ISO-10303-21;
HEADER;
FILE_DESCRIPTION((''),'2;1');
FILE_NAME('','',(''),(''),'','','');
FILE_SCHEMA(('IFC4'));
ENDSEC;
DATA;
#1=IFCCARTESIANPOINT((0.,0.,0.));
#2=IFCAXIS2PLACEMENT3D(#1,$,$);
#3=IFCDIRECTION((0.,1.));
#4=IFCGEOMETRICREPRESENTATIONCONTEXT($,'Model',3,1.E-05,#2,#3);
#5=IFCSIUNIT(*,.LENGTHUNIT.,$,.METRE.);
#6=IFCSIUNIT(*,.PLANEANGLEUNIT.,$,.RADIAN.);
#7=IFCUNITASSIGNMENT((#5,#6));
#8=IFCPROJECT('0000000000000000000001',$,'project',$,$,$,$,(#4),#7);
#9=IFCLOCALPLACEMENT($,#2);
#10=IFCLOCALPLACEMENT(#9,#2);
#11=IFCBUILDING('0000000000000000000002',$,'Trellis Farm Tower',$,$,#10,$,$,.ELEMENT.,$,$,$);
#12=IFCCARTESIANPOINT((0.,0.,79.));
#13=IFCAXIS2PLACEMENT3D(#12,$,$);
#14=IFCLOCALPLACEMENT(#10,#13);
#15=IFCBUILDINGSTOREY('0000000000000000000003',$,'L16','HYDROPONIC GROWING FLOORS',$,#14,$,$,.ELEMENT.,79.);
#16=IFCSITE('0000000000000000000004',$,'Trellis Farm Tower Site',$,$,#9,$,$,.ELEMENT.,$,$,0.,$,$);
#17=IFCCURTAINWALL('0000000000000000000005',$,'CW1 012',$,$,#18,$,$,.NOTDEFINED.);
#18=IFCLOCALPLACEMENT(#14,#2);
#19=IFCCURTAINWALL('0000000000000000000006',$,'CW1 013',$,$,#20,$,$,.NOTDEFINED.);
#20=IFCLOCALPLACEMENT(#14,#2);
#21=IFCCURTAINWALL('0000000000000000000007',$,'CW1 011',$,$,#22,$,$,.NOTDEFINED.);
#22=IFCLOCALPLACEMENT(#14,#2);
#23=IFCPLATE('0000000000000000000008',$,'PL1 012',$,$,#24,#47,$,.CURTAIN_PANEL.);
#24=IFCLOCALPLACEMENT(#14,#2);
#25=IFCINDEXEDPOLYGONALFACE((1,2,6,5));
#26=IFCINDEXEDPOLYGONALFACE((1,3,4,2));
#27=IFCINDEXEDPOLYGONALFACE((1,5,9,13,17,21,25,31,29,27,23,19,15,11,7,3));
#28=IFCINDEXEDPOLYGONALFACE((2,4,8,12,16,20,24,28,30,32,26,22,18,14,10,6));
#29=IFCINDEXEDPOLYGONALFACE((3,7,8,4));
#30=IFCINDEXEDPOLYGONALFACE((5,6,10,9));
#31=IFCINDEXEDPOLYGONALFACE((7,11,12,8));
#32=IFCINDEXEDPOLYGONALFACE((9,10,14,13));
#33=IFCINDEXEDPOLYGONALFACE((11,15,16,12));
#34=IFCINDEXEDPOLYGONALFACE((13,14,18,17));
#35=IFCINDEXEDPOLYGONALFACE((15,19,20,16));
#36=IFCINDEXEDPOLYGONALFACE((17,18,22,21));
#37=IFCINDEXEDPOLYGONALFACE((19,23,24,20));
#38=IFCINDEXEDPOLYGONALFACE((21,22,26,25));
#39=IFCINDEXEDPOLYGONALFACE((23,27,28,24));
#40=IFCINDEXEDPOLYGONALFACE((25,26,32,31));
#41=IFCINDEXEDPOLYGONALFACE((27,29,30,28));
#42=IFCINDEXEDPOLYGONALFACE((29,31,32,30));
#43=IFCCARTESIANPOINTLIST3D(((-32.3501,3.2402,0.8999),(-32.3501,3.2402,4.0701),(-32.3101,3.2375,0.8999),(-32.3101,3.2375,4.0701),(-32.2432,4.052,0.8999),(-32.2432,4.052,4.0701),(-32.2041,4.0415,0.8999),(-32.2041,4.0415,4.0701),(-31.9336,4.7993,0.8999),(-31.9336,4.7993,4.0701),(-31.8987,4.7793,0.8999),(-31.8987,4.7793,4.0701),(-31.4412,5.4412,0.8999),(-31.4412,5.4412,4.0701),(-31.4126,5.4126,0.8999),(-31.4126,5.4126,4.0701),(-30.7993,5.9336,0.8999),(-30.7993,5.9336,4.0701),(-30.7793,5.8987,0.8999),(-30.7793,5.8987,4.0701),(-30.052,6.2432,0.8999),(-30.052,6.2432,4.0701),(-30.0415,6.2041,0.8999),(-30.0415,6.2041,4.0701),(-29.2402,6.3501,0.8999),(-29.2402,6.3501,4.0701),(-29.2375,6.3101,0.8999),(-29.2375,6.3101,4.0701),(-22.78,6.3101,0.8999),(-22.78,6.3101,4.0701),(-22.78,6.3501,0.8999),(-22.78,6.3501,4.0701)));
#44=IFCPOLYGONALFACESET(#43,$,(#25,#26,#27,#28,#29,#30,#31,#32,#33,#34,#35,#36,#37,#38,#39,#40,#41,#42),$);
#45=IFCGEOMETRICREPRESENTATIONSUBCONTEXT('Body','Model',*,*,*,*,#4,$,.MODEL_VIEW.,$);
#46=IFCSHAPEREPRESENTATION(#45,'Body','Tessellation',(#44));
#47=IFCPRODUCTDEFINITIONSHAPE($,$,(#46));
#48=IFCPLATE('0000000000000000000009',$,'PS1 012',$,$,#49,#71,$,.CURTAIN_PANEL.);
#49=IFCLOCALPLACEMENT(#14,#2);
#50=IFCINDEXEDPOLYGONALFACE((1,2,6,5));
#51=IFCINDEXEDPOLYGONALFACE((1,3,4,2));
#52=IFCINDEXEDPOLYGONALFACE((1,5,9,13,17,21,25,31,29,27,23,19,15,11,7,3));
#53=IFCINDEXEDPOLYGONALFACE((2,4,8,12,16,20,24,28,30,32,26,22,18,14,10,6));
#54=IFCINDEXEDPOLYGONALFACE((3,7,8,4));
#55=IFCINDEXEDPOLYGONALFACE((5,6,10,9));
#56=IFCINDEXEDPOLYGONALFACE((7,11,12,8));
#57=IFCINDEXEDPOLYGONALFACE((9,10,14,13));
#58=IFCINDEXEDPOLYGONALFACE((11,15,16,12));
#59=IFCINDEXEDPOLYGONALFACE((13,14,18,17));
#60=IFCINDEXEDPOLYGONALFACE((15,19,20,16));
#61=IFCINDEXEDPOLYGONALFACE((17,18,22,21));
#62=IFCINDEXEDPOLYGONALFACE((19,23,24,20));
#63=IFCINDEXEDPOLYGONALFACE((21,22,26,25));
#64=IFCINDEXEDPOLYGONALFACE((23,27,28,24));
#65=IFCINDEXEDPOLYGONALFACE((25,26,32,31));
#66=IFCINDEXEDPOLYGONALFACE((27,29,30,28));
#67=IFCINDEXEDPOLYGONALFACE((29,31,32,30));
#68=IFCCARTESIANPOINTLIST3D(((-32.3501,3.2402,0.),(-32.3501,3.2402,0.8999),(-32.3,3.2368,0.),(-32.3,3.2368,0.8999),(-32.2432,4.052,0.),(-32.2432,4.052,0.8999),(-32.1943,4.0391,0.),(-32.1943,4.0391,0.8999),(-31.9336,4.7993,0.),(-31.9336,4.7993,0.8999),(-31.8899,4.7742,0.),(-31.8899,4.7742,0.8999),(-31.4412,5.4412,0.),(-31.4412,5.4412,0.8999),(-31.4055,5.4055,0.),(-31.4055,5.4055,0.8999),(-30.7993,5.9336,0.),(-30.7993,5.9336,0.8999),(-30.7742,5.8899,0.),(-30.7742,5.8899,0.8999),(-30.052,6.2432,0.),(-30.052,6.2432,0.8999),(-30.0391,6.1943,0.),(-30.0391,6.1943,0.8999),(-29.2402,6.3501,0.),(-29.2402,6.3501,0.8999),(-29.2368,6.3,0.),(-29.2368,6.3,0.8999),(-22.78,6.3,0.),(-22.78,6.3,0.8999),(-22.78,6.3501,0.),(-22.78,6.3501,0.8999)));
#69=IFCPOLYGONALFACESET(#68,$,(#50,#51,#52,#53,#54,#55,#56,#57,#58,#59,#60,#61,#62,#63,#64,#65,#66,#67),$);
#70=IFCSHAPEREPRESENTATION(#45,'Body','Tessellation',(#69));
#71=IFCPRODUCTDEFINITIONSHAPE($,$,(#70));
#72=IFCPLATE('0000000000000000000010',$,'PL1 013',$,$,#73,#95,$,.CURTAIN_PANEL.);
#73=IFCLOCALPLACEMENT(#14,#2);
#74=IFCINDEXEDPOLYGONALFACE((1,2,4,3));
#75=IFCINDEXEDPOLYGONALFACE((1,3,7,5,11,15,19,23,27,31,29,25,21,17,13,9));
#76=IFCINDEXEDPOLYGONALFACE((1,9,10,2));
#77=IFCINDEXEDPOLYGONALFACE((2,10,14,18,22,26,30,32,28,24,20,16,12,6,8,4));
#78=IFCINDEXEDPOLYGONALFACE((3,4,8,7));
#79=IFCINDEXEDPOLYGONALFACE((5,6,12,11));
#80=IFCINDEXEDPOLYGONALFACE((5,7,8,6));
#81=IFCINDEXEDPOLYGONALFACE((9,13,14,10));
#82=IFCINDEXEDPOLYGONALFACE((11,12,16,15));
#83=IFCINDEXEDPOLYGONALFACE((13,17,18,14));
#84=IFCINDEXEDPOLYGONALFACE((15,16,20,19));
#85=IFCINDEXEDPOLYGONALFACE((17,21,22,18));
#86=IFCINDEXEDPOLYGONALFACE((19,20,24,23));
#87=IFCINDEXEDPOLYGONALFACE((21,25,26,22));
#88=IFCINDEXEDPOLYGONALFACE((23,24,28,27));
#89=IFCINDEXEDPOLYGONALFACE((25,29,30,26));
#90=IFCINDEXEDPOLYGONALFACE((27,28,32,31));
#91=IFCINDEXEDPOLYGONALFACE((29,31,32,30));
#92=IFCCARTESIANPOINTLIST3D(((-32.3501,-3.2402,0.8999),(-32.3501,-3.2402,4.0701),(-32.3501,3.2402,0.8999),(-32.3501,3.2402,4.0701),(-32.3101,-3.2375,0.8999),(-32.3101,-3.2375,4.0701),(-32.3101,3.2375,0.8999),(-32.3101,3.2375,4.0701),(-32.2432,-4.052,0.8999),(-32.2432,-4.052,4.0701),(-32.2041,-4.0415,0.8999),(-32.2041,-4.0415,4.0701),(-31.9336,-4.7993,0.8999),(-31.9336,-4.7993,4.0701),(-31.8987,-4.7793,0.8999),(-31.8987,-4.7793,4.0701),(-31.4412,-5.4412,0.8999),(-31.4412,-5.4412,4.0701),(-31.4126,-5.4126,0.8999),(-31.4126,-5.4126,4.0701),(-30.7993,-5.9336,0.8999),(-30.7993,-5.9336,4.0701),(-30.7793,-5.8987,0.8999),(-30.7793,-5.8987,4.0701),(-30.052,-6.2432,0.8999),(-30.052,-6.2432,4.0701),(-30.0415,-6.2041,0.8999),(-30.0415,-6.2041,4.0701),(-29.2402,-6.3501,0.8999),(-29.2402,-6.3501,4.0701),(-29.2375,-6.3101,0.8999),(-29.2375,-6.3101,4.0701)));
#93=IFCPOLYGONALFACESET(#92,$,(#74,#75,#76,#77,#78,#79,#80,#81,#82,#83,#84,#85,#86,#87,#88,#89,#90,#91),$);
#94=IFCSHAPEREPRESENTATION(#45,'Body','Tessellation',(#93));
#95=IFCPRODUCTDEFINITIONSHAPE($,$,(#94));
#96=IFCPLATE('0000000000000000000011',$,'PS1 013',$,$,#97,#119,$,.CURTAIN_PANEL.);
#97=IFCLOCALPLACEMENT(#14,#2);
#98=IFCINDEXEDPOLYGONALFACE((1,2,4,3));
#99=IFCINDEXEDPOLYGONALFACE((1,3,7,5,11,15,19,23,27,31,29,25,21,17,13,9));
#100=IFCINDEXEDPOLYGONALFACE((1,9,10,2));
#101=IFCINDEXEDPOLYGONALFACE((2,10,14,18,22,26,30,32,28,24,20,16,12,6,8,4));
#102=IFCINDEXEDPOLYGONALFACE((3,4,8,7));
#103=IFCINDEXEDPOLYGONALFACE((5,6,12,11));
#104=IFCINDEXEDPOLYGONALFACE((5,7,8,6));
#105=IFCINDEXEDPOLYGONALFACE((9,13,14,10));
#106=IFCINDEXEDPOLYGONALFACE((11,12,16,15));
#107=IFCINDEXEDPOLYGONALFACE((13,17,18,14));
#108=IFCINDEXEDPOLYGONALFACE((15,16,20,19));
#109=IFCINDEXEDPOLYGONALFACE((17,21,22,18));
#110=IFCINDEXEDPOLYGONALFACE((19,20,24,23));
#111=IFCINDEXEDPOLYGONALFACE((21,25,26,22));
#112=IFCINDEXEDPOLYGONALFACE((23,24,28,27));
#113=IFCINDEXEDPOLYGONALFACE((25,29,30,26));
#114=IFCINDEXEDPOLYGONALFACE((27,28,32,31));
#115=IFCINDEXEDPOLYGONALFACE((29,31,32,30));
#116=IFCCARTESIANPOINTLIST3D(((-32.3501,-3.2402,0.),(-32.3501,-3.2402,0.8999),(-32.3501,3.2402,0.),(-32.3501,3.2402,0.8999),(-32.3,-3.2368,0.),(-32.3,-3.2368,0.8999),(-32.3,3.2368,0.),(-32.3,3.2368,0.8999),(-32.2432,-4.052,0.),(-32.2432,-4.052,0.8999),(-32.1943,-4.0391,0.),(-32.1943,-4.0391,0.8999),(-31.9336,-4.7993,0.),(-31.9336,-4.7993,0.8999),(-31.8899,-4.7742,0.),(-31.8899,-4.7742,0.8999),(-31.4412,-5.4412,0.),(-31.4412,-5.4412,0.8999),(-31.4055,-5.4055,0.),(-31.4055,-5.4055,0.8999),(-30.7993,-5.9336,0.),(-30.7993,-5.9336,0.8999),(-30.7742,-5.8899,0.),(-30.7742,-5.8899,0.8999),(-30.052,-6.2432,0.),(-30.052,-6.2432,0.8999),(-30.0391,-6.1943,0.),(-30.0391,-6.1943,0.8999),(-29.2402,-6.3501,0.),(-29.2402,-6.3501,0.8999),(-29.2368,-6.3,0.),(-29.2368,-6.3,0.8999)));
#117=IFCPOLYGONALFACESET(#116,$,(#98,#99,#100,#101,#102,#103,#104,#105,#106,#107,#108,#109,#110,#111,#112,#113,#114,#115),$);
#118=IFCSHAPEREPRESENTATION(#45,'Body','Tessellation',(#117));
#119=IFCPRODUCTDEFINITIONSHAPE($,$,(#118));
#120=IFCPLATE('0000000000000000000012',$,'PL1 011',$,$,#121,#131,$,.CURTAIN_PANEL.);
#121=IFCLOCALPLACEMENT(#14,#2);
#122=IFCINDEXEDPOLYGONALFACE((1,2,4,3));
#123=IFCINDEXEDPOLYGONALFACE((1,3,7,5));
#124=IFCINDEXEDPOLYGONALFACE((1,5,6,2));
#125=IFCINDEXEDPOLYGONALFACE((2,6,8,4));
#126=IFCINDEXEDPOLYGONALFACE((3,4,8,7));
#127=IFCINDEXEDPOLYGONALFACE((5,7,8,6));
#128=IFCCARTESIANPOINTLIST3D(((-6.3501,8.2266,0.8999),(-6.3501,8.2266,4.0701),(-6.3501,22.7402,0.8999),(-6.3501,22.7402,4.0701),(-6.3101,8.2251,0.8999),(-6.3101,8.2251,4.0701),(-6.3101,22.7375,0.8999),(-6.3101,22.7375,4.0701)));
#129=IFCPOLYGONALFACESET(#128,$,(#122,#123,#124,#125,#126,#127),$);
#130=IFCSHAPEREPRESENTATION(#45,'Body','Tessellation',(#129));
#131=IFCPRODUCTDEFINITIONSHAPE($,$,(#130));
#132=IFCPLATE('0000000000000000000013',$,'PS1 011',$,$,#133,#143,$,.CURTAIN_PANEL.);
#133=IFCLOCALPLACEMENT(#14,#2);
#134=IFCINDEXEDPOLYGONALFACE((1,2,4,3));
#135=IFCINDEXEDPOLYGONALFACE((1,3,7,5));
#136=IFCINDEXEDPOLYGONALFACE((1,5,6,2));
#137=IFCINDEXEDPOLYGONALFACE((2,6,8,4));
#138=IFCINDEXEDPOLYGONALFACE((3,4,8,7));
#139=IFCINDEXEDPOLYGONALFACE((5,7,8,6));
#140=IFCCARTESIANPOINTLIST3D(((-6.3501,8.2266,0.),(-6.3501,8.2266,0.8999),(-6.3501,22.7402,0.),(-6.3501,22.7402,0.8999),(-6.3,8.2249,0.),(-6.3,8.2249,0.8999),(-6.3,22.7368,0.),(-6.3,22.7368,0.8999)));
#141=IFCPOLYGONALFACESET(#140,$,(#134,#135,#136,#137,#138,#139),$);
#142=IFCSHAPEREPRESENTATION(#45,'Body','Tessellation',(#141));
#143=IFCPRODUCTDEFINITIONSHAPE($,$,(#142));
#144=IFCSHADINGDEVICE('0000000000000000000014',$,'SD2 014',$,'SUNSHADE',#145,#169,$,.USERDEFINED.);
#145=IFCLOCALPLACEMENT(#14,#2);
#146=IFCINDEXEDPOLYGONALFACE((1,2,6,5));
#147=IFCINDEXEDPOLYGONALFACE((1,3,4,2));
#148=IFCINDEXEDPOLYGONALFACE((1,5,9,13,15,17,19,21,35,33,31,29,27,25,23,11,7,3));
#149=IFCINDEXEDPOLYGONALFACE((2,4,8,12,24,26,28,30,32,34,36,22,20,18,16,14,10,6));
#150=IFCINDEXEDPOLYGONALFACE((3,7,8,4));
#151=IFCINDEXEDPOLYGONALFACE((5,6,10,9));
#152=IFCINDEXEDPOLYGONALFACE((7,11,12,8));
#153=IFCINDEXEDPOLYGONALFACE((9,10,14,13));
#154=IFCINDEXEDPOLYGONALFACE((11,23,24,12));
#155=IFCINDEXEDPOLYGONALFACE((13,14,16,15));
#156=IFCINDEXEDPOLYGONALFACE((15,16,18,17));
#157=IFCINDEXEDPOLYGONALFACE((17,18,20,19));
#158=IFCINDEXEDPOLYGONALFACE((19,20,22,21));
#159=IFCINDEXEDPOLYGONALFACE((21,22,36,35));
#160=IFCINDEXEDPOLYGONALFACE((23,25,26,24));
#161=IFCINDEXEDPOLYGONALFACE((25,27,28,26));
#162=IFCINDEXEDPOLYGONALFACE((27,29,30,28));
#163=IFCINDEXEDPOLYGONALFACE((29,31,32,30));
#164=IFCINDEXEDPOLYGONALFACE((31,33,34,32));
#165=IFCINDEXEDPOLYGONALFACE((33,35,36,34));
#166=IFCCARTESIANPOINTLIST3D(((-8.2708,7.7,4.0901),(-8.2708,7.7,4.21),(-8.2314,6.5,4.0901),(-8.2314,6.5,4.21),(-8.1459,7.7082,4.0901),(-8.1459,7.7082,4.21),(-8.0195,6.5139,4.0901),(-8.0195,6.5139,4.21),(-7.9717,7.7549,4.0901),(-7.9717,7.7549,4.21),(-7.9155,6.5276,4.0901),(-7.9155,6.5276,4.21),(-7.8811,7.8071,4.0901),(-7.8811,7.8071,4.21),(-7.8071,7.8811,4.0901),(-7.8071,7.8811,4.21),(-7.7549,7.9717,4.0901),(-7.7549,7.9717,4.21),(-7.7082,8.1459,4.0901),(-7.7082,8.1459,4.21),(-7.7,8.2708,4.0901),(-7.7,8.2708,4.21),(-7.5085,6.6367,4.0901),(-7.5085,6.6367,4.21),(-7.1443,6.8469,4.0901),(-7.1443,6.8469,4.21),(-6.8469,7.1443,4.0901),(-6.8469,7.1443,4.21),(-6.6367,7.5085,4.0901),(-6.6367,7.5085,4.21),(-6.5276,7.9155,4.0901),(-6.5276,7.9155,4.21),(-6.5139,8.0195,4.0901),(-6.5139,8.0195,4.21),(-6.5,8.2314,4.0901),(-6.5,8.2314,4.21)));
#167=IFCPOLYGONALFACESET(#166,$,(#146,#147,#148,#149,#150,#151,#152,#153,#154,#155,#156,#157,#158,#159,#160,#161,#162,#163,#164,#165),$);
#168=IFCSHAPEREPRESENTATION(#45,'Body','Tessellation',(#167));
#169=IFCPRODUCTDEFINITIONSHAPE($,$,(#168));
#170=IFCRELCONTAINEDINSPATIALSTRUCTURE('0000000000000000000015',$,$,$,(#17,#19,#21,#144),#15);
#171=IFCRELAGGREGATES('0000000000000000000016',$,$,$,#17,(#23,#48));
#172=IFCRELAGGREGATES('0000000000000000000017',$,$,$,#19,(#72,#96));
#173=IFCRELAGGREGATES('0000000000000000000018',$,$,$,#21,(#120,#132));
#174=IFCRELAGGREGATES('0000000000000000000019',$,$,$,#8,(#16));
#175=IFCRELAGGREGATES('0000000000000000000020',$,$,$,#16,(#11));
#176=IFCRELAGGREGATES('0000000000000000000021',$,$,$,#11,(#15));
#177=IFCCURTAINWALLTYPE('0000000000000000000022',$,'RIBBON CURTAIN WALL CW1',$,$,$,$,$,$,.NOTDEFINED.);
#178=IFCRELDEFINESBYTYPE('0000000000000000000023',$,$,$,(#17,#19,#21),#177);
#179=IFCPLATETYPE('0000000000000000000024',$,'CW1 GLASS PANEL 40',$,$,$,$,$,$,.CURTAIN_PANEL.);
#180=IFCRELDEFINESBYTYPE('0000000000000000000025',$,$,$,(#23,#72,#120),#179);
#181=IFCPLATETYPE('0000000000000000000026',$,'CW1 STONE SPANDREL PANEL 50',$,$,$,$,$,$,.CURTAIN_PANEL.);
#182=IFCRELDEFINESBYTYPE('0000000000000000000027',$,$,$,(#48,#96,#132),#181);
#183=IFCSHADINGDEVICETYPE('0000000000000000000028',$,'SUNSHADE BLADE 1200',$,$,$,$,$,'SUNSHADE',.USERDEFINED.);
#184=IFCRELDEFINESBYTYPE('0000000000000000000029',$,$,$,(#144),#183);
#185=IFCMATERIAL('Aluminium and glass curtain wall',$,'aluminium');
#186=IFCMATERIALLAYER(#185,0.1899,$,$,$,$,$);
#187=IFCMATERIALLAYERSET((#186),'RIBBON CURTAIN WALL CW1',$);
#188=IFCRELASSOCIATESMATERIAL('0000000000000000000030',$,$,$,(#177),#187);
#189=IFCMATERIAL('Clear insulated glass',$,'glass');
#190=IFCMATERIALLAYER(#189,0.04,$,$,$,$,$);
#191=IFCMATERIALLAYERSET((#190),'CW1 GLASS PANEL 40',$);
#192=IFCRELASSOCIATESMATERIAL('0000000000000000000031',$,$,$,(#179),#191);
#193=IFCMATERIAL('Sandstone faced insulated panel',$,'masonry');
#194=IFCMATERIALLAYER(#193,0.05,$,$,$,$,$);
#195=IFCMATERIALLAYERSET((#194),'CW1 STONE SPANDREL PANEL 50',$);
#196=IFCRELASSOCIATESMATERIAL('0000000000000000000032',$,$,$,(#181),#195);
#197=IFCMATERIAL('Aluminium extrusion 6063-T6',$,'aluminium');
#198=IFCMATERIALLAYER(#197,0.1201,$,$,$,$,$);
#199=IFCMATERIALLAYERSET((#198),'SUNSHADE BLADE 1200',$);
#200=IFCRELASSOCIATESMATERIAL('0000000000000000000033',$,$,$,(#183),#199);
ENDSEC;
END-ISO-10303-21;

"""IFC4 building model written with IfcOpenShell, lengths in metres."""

from ifc_helpers import new_model, si_unit, direction, frame, origin, place, context, subcontext, project, spatial, polyline, outline, extrude, source, transform, mapped, material, layer, layer_set, type_object, element, aggregate, save


model = new_model("IFC4")

# Units and contexts
model_context = context("Model", 3, precision=1e-05, world=origin(), true_north=direction((0.0, 1.0)))
body_context = subcontext(model_context, "Body", "Model", "MODEL_VIEW")
ifc_project = project(units=[si_unit("LENGTHUNIT", "METRE"), si_unit("PLANEANGLEUNIT", "RADIAN")], contexts=[model_context])

# Site, building, storey
site_placement = place(None, origin())
site = spatial("IfcSite", under=ifc_project, at=site_placement, Name="Trellis Farm Tower Site", CompositionType="ELEMENT", RefElevation=0.0)
building_placement = place(site_placement, origin())
building = spatial("IfcBuilding", under=site, at=building_placement, Name="Trellis Farm Tower", CompositionType="ELEMENT")
storey_placement = place(building_placement, frame((0.0, 0.0, 79.0)))
storey = spatial("IfcBuildingStorey", under=building, at=storey_placement, Name="L16", Description="HYDROPONIC GROWING FLOORS", CompositionType="ELEMENT", Elevation=79.0)

# Curtain walls
ifc_material_1 = material(Name="Aluminium and glass curtain wall", Category="aluminium")
placement_1 = place(storey_placement, origin())
ifc_material_2 = material(Name="Aluminium extrusion 6063-T6", Category="aluminium")
ifc_layer_1 = layer(ifc_material_1, 0.1899)
ifc_layer_set_1 = layer_set([ifc_layer_1], Name="RIBBON CURTAIN WALL CW1")
curtain_wall_type_1 = type_object("IfcCurtainWallType", Name="RIBBON CURTAIN WALL CW1", PredefinedType="NOTDEFINED", material=ifc_layer_set_1)
curtain_wall_1 = element("IfcCurtainWall", 1, at=placement_1, inside=storey, type_object=curtain_wall_type_1, Name="CW1 012", PredefinedType="NOTDEFINED")
curtain_wall_2 = element("IfcCurtainWall", 2, at=placement_1, inside=storey, type_object=curtain_wall_type_1, Name="CW1 013", PredefinedType="NOTDEFINED")
curtain_wall_3 = element("IfcCurtainWall", 3, at=placement_1, inside=storey, type_object=curtain_wall_type_1, Name="CW1 011", PredefinedType="NOTDEFINED")

# Plates
ifc_material_3 = material(Name="Clear insulated glass", Category="glass")
ifc_layer_2 = layer(ifc_material_3, 0.04)
ifc_layer_set_2 = layer_set([ifc_layer_2], Name="CW1 GLASS PANEL 40")
plate_type_1 = type_object("IfcPlateType", Name="CW1 GLASS PANEL 40", PredefinedType="CURTAIN_PANEL", material=ifc_layer_set_2)
shared_shape_1 = source(origin(), body_context, "Body", "SweptSolid", [
    extrude(outline(polyline([(-22.78, 6.3501), (-29.2402, 6.3501), (-30.052, 6.2432), (-30.7993, 5.9336), (-31.4412, 5.4412), (-31.9336, 4.7993), (-32.2432, 4.052), (-32.3501, 3.2402), (-32.3101, 3.2375), (-32.2041, 4.0415), (-31.8987, 4.7793), (-31.4126, 5.4126), (-30.7793, 5.8987), (-30.0415, 6.2041), (-29.2375, 6.3101), (-22.78, 6.3101), (-22.78, 6.3501)])), origin(), (0.0, 0.0, 1.0), 3.1702),
])
placement_2 = place(storey_placement, frame((0.0, 0.0, 0.8999)))
plate_1 = element("IfcPlate", 4, at=placement_2, type_object=plate_type_1, Name="PL1 012", PredefinedType="CURTAIN_PANEL", context=body_context, shape_type="MappedRepresentation", body=[
    mapped(shared_shape_1, transform((0.0, 0.0, 0.0))),
])
ifc_material_4 = material(Name="Sandstone faced insulated panel", Category="masonry")
ifc_layer_3 = layer(ifc_material_4, 0.05)
ifc_layer_set_3 = layer_set([ifc_layer_3], Name="CW1 STONE SPANDREL PANEL 50")
plate_type_2 = type_object("IfcPlateType", Name="CW1 STONE SPANDREL PANEL 50", PredefinedType="CURTAIN_PANEL", material=ifc_layer_set_3)
shared_shape_2 = source(origin(), body_context, "Body", "SweptSolid", [
    extrude(outline(polyline([(-22.78, 6.3501), (-29.2402, 6.3501), (-30.052, 6.2432), (-30.7993, 5.9336), (-31.4412, 5.4412), (-31.9336, 4.7993), (-32.2432, 4.052), (-32.3501, 3.2402), (-32.3, 3.2368), (-32.1943, 4.0391), (-31.8899, 4.7742), (-31.4055, 5.4055), (-30.7742, 5.8899), (-30.0391, 6.1943), (-29.2368, 6.3), (-22.78, 6.3), (-22.78, 6.3501)])), origin(), (0.0, 0.0, 1.0), 0.8999),
])
plate_2 = element("IfcPlate", 5, at=placement_1, type_object=plate_type_2, Name="PS1 012", PredefinedType="CURTAIN_PANEL", context=body_context, shape_type="MappedRepresentation", body=[
    mapped(shared_shape_2, transform((0.0, 0.0, 0.0))),
])
aggregate(curtain_wall_1, [plate_1, plate_2])
shared_shape_3 = source(origin(), body_context, "Body", "SweptSolid", [
    extrude(outline(polyline([(-32.3501, 3.2402), (-32.3501, -3.2402), (-32.2432, -4.052), (-31.9336, -4.7993), (-31.4412, -5.4412), (-30.7993, -5.9336), (-30.052, -6.2432), (-29.2402, -6.3501), (-29.2375, -6.3101), (-30.0415, -6.2041), (-30.7793, -5.8987), (-31.4126, -5.4126), (-31.8987, -4.7793), (-32.2041, -4.0415), (-32.3101, -3.2375), (-32.3101, 3.2375), (-32.3501, 3.2402)])), origin(), (0.0, 0.0, 1.0), 3.1702),
])
plate_3 = element("IfcPlate", 6, at=placement_2, type_object=plate_type_1, Name="PL1 013", PredefinedType="CURTAIN_PANEL", context=body_context, shape_type="MappedRepresentation", body=[
    mapped(shared_shape_3, transform((0.0, 0.0, 0.0))),
])
shared_shape_4 = source(origin(), body_context, "Body", "SweptSolid", [
    extrude(outline(polyline([(-32.3501, 3.2402), (-32.3501, -3.2402), (-32.2432, -4.052), (-31.9336, -4.7993), (-31.4412, -5.4412), (-30.7993, -5.9336), (-30.052, -6.2432), (-29.2402, -6.3501), (-29.2368, -6.3), (-30.0391, -6.1943), (-30.7742, -5.8899), (-31.4055, -5.4055), (-31.8899, -4.7742), (-32.1943, -4.0391), (-32.3, -3.2368), (-32.3, 3.2368), (-32.3501, 3.2402)])), origin(), (0.0, 0.0, 1.0), 0.8999),
])
plate_4 = element("IfcPlate", 7, at=placement_1, type_object=plate_type_2, Name="PS1 013", PredefinedType="CURTAIN_PANEL", context=body_context, shape_type="MappedRepresentation", body=[
    mapped(shared_shape_4, transform((0.0, 0.0, 0.0))),
])
aggregate(curtain_wall_2, [plate_3, plate_4])
shared_shape_5 = source(origin(), body_context, "Body", "SweptSolid", [
    extrude(outline(polyline([(-6.3501, 22.7402), (-6.3501, 8.2266), (-6.3101, 8.2251), (-6.3101, 22.7375), (-6.3501, 22.7402)])), origin(), (0.0, 0.0, 1.0), 3.1702),
])
plate_5 = element("IfcPlate", 8, at=placement_2, type_object=plate_type_1, Name="PL1 011", PredefinedType="CURTAIN_PANEL", context=body_context, shape_type="MappedRepresentation", body=[
    mapped(shared_shape_5, transform((0.0, 0.0, 0.0))),
])
shared_shape_6 = source(origin(), body_context, "Body", "SweptSolid", [
    extrude(outline(polyline([(-6.3501, 22.7402), (-6.3501, 8.2266), (-6.3, 8.2249), (-6.3, 22.7368), (-6.3501, 22.7402)])), origin(), (0.0, 0.0, 1.0), 0.8999),
])
plate_6 = element("IfcPlate", 9, at=placement_1, type_object=plate_type_2, Name="PS1 011", PredefinedType="CURTAIN_PANEL", context=body_context, shape_type="MappedRepresentation", body=[
    mapped(shared_shape_6, transform((0.0, 0.0, 0.0))),
])
aggregate(curtain_wall_3, [plate_5, plate_6])

# Shading device
ifc_layer_4 = layer(ifc_material_2, 0.1201)
ifc_layer_set_4 = layer_set([ifc_layer_4], Name="SUNSHADE BLADE 1200")
shading_device_type_1 = type_object("IfcShadingDeviceType", Name="SUNSHADE BLADE 1200", ElementType="SUNSHADE", PredefinedType="USERDEFINED", material=ifc_layer_set_4)
shared_shape_7 = source(origin(), body_context, "Body", "SweptSolid", [
    extrude(outline(polyline([(-7.7, 8.2708), (-7.7087, 8.1372), (-7.707, 8.1501), (-7.7549, 7.9717), (-7.8071, 7.8811), (-7.8811, 7.8071), (-7.9717, 7.7549), (-8.1501, 7.707), (-8.1372, 7.7087), (-8.2708, 7.7), (-8.2314, 6.5), (-8.0195, 6.5139), (-7.9155, 6.5276), (-7.5085, 6.6367), (-7.1443, 6.8469), (-6.8469, 7.1443), (-6.6367, 7.5085), (-6.5276, 7.9155), (-6.5139, 8.0195), (-6.5, 8.2314), (-7.7, 8.2708)])), origin(), (0.0, 0.0, 1.0), 0.1199),
])
placement_3 = place(storey_placement, frame((0.0, 0.0, 4.0901)))
element("IfcShadingDevice", 10, at=placement_3, inside=storey, type_object=shading_device_type_1, Name="SD2 014", ObjectType="SUNSHADE", PredefinedType="USERDEFINED", context=body_context, shape_type="MappedRepresentation", body=[
    mapped(shared_shape_7, transform((0.0, 0.0, 0.0))),
])

save(model, "model.ifc")
